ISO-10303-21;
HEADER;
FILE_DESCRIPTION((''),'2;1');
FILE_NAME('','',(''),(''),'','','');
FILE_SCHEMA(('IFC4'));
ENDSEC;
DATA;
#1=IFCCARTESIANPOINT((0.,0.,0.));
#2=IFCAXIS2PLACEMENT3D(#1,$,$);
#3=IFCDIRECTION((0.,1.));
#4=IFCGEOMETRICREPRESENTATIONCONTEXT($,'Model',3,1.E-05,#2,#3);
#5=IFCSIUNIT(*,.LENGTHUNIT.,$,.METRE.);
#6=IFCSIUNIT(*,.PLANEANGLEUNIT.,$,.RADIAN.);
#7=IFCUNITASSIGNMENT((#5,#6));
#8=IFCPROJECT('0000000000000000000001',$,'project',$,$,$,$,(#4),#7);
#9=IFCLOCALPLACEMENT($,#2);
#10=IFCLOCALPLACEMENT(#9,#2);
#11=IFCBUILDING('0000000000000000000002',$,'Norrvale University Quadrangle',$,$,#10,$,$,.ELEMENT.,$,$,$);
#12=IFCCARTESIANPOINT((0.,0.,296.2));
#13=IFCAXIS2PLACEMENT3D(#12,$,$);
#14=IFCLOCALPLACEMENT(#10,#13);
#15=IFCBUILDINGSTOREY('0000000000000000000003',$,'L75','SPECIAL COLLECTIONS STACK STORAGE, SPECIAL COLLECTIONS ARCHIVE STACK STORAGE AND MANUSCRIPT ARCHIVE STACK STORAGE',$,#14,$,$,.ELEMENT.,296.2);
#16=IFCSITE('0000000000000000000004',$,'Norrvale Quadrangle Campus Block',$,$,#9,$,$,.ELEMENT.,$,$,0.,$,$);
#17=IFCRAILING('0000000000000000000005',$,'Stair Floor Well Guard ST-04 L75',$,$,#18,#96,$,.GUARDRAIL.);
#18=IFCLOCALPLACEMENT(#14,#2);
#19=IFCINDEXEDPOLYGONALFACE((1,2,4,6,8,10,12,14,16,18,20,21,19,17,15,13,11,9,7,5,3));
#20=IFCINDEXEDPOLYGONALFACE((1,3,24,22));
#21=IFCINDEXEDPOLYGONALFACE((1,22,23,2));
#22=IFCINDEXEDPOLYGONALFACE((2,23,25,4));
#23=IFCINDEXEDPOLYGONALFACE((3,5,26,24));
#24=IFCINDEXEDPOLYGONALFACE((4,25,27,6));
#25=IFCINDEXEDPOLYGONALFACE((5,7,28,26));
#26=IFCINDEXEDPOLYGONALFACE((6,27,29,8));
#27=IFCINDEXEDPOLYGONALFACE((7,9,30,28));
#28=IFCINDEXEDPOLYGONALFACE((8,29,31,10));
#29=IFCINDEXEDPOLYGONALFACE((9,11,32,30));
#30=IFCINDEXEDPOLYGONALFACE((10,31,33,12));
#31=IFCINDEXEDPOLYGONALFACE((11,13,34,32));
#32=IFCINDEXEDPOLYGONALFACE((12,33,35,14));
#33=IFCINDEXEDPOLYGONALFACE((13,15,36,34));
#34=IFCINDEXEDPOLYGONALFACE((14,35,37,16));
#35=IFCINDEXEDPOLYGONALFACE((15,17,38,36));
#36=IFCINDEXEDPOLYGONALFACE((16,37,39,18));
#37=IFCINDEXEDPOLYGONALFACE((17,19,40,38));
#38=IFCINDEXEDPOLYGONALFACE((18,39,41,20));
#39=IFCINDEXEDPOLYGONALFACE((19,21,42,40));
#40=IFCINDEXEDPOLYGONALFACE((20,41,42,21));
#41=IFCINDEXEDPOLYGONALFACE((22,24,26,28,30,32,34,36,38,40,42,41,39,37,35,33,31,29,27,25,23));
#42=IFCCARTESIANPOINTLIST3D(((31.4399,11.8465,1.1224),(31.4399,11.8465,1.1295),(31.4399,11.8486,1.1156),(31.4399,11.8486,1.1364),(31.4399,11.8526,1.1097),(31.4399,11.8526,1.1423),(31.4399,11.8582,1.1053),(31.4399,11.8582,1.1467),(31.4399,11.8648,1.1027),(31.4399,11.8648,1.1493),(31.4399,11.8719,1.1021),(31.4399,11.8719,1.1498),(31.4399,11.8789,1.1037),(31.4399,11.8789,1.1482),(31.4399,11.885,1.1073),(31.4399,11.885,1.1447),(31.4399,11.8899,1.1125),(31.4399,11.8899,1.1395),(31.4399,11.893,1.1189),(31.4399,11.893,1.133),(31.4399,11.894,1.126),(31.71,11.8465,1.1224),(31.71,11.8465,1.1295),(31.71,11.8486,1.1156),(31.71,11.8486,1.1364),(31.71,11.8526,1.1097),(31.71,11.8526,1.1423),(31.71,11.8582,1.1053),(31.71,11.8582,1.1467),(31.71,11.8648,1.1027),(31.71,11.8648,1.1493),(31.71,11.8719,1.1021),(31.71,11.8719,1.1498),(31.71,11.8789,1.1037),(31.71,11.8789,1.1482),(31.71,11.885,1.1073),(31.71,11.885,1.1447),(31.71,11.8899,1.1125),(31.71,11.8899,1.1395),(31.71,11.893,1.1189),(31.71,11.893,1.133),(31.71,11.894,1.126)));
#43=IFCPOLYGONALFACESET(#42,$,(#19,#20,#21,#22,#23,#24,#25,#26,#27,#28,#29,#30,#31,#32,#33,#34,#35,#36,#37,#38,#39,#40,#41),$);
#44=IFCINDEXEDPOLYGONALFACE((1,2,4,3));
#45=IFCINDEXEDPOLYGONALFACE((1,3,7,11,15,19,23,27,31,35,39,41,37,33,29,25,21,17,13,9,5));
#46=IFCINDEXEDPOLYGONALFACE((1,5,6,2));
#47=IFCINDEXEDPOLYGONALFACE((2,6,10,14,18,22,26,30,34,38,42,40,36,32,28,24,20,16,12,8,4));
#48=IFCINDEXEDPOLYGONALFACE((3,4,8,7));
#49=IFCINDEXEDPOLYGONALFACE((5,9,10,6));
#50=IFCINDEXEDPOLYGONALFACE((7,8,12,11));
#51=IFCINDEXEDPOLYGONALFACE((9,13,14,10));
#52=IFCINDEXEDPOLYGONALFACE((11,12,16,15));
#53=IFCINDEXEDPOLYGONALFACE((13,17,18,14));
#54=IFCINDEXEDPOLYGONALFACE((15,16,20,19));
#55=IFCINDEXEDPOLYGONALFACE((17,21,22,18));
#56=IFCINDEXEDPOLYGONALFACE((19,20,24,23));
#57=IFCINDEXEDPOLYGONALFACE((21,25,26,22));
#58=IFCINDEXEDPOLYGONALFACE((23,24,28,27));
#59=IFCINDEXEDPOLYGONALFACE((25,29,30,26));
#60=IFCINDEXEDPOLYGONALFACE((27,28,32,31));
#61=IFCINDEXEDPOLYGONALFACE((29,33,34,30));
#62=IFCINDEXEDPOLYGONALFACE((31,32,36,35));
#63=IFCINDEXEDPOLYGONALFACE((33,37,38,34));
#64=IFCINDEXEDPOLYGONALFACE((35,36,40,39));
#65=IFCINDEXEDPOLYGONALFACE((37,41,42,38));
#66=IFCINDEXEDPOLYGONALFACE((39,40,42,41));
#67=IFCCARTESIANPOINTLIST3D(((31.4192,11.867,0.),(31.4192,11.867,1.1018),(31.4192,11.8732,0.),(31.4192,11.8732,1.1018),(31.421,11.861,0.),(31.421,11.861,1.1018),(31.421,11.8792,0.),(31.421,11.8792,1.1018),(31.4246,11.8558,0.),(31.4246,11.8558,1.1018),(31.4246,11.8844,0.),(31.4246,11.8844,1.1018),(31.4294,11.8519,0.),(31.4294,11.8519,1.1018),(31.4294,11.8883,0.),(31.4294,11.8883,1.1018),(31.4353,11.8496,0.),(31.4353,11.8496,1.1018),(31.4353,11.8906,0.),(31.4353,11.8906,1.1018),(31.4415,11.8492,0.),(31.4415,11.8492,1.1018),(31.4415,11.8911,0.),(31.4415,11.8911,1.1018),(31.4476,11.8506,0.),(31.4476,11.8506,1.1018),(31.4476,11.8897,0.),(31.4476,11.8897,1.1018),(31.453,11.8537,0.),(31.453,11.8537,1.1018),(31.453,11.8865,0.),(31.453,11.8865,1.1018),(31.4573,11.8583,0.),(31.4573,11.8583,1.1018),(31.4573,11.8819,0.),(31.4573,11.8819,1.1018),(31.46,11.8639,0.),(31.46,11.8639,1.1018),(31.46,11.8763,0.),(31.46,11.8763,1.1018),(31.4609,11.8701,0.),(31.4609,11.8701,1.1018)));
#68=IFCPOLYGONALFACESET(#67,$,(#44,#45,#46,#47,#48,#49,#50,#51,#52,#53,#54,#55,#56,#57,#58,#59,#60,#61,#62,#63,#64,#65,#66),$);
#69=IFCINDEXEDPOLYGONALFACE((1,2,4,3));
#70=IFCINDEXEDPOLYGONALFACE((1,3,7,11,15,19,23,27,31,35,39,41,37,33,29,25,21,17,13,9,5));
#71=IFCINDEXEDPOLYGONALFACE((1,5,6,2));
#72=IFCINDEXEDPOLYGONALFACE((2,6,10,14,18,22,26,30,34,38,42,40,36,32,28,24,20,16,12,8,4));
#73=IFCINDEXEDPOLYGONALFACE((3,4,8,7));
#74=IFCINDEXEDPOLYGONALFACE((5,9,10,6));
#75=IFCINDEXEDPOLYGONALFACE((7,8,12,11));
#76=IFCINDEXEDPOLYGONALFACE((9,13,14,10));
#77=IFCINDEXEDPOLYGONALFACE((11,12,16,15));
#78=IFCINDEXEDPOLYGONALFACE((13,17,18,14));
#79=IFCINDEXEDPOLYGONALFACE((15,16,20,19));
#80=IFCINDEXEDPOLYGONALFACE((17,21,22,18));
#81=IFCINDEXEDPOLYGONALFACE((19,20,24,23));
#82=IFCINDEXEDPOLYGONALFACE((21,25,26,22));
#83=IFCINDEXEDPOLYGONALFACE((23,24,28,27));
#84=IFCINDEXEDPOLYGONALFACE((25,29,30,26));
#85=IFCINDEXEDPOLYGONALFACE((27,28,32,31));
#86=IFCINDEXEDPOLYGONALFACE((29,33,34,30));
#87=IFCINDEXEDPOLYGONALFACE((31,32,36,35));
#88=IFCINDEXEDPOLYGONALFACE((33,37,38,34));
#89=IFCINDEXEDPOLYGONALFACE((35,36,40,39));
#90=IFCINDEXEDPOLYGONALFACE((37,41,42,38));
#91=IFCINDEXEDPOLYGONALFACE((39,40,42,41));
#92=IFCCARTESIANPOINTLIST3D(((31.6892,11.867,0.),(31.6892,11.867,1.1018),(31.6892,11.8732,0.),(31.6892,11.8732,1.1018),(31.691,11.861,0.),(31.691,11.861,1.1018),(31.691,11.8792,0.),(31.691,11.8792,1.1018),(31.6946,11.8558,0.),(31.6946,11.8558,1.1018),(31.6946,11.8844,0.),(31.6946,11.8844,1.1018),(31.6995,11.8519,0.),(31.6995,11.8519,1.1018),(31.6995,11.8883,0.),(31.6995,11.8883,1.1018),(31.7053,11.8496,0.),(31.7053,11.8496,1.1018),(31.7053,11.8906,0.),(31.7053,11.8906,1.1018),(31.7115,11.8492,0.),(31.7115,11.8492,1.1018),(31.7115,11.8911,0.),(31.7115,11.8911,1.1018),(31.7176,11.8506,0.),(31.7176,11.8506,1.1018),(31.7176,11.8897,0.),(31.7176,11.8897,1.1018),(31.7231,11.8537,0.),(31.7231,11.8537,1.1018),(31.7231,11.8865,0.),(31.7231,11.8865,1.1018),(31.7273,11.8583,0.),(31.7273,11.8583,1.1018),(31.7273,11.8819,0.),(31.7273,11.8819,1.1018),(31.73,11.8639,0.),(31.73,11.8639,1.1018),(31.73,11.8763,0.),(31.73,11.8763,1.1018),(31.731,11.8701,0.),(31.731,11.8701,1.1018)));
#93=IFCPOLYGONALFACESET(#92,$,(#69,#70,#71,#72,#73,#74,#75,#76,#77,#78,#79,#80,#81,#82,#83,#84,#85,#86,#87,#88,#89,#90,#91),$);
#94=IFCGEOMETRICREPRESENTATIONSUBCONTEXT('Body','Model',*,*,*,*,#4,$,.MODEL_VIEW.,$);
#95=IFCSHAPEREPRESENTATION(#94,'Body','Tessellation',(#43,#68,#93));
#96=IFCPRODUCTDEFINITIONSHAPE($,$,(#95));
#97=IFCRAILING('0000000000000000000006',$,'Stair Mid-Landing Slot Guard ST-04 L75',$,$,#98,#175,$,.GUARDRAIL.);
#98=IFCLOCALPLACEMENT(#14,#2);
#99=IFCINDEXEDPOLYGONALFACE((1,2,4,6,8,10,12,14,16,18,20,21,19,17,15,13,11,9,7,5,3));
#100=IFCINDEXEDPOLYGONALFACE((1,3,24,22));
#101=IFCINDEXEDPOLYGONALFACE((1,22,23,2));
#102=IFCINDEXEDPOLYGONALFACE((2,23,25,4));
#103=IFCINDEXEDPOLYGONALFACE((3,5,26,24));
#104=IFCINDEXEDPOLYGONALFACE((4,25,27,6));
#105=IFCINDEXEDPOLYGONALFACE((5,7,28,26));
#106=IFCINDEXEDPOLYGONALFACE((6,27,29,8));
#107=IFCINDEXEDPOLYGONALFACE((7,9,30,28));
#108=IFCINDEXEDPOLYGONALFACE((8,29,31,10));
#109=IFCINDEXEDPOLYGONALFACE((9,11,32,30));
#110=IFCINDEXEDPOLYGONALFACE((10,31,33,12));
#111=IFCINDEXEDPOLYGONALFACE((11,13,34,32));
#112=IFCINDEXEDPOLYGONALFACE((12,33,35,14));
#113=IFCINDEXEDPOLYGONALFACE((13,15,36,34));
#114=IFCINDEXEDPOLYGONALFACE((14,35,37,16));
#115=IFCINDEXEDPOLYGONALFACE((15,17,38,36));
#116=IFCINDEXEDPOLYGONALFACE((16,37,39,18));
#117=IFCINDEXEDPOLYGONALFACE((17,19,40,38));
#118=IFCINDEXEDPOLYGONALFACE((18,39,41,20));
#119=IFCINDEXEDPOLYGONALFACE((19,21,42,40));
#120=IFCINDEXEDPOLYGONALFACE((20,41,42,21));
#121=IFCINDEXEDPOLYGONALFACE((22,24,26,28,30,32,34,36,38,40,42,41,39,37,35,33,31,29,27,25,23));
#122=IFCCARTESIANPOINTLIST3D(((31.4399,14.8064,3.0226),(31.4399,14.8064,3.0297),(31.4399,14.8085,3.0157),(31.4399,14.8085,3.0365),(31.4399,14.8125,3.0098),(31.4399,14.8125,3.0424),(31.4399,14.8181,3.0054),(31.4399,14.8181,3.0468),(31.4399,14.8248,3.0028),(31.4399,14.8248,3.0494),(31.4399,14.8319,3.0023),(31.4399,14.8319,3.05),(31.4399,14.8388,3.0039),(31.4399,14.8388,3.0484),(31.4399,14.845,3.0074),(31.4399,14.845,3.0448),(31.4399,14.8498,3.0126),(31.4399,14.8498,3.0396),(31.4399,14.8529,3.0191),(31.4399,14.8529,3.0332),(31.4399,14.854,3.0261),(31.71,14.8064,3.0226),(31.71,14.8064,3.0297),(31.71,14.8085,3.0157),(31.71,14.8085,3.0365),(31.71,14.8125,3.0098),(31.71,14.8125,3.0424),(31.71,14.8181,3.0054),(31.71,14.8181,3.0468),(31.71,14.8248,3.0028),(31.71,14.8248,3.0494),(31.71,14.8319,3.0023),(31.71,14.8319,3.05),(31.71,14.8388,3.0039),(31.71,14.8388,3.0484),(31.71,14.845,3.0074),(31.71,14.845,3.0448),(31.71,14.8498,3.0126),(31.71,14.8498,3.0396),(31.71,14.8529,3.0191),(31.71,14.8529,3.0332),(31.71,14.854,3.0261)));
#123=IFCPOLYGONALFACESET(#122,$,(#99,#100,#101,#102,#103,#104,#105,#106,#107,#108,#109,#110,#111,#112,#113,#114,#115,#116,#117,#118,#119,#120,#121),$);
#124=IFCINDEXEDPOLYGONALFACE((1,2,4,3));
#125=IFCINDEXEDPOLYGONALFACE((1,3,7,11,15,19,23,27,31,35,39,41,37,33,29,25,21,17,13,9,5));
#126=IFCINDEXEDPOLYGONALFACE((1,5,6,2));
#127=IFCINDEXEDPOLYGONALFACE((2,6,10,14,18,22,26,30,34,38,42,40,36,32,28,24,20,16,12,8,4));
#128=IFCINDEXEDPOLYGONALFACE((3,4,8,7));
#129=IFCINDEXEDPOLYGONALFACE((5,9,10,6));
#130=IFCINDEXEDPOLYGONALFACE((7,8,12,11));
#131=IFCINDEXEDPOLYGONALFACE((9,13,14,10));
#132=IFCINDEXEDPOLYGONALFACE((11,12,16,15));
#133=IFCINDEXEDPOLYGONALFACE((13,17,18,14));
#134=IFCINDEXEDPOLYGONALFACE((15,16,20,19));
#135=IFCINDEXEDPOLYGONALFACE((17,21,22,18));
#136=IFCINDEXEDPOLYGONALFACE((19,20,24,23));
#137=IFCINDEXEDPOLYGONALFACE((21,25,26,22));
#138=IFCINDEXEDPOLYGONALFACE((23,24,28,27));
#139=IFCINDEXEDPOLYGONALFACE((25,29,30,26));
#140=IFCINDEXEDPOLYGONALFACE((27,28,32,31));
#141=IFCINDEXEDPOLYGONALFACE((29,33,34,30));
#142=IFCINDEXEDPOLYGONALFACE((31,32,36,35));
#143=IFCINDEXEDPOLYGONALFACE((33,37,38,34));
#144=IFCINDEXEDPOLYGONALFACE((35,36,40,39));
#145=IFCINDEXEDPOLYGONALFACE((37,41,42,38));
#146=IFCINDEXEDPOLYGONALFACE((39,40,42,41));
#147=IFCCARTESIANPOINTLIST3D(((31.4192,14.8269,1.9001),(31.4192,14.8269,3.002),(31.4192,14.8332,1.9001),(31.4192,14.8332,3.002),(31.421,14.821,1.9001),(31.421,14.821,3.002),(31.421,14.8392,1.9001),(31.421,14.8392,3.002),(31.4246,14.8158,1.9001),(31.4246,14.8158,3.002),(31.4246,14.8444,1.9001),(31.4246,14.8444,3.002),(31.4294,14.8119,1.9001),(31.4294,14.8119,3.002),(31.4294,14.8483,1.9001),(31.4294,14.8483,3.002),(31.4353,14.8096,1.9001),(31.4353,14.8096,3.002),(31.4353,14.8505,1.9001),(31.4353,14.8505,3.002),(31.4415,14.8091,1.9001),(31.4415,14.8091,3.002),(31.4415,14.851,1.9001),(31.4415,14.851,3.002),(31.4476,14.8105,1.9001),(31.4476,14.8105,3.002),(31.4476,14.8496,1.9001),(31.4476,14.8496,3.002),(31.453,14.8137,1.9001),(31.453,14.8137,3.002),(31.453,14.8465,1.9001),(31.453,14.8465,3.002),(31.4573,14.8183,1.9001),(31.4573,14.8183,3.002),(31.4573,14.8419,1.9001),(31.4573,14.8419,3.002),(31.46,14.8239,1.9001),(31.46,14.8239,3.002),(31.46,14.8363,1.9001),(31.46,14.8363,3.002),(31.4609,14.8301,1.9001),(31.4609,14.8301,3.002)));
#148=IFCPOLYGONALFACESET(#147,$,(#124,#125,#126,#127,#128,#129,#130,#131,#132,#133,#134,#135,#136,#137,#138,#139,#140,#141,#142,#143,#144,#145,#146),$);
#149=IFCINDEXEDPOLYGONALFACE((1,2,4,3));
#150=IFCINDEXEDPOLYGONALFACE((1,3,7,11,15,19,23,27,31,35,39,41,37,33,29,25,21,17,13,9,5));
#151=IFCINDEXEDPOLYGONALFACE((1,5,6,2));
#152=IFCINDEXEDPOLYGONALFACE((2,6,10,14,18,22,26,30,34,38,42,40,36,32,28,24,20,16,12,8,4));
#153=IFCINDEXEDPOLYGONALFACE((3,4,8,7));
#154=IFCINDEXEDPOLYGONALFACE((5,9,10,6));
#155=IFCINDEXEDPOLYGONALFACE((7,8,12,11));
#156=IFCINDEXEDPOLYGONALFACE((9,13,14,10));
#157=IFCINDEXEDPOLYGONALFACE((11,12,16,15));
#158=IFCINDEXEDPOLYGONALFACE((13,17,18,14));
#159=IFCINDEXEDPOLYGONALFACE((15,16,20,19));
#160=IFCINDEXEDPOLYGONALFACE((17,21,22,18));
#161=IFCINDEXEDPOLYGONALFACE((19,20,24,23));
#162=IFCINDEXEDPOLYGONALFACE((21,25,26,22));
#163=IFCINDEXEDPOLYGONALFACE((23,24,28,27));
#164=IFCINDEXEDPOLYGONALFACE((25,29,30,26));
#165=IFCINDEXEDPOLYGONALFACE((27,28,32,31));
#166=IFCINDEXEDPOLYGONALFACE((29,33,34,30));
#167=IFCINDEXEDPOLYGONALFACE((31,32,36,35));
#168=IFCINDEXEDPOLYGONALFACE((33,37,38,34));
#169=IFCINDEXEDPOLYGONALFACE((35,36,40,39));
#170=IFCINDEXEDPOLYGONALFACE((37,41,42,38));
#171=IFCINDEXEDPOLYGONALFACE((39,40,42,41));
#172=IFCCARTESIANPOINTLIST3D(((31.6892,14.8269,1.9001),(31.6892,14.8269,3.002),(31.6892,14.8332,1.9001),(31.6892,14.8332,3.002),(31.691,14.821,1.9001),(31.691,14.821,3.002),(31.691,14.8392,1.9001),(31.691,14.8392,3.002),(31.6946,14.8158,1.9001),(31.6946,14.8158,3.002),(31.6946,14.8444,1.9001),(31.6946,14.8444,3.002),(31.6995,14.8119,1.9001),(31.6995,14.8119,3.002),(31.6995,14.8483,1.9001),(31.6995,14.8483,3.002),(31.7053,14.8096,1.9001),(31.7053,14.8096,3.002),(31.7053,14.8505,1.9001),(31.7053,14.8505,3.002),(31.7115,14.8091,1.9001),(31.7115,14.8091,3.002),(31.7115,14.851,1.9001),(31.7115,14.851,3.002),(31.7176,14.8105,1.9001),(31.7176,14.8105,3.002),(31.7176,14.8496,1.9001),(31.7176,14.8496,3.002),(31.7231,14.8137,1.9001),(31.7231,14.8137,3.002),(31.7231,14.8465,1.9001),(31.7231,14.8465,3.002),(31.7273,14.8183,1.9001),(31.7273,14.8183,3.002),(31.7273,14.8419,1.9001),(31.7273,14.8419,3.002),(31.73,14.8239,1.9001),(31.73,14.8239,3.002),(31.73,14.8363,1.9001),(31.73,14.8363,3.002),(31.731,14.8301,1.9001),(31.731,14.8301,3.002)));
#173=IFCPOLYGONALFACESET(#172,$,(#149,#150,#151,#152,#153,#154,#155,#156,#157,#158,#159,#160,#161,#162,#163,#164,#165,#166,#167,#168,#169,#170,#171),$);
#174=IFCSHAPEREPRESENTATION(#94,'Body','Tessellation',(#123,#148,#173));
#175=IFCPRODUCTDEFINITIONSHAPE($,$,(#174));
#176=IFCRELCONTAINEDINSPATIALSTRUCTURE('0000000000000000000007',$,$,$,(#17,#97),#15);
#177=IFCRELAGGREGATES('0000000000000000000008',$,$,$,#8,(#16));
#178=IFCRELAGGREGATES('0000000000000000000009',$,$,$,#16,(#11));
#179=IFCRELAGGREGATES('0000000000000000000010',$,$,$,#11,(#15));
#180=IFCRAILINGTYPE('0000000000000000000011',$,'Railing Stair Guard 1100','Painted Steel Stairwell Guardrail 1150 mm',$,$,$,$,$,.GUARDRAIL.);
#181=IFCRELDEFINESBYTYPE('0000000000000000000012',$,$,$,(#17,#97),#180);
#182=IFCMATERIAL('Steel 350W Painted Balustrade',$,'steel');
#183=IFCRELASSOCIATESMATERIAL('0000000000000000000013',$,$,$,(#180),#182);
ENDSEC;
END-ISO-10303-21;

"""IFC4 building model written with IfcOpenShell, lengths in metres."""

from ifc_helpers import new_model, si_unit, direction, frame, origin, origin_2d, place, context, subcontext, project, spatial, circle, extrude, material, type_object, element, save


model = new_model("IFC4")

# Units and contexts
model_context = context("Model", 3, precision=1e-05, world=origin(), true_north=direction((0.0, 1.0)))
body_context = subcontext(model_context, "Body", "Model", "MODEL_VIEW")
ifc_project = project(units=[si_unit("LENGTHUNIT", "METRE"), si_unit("PLANEANGLEUNIT", "RADIAN")], contexts=[model_context])

# Site, building, storey
site_placement = place(None, origin())
site = spatial("IfcSite", under=ifc_project, at=site_placement, Name="Norrvale Quadrangle Campus Block", CompositionType="ELEMENT", RefElevation=0.0)
building_placement = place(site_placement, origin())
building = spatial("IfcBuilding", under=site, at=building_placement, Name="Norrvale University Quadrangle", CompositionType="ELEMENT")
storey_placement = place(building_placement, frame((0.0, 0.0, 296.2)))
storey = spatial("IfcBuildingStorey", under=building, at=storey_placement, Name="L75", Description="SPECIAL COLLECTIONS STACK STORAGE, SPECIAL COLLECTIONS ARCHIVE STACK STORAGE AND MANUSCRIPT ARCHIVE STACK STORAGE", CompositionType="ELEMENT", Elevation=296.2)

# Railings
ifc_material_1 = material(Name="Steel 350W Painted Balustrade", Category="steel")
railing_type_1 = type_object("IfcRailingType", Name="Railing Stair Guard 1100", Description="Painted Steel Stairwell Guardrail 1150 mm", PredefinedType="GUARDRAIL", material=ifc_material_1)
for number, where, name in (
    (1, (31.4399, 11.8701, 0.0), "Stair Floor Well Guard ST-04 L75"),
    (2, (31.4399, 14.8301, 1.9001), "Stair Mid-Landing Slot Guard ST-04 L75"),
):
    element("IfcRailing", number, at=place(storey_placement, frame(where)), inside=storey, type_object=railing_type_1, Name=name, PredefinedType="GUARDRAIL", context=body_context, shape_type="SweptSolid", body=[
        extrude(circle(Radius=0.0239, at=origin_2d()), frame((0.0, 0.0, 1.126), z_axis=(1.0, 0.0, 0.0), x_axis=(0.0, 1.0, 0.0)), (0.0, 0.0, 1.0), 0.27),
        extrude(circle(Radius=0.021, at=origin_2d()), origin(), (0.0, 0.0, 1.0), 1.1018),
        extrude(circle(Radius=0.021, at=origin_2d()), frame((0.27, 0.0, 0.0)), (0.0, 0.0, 1.0), 1.1018),
    ])

save(model, "model.ifc")
